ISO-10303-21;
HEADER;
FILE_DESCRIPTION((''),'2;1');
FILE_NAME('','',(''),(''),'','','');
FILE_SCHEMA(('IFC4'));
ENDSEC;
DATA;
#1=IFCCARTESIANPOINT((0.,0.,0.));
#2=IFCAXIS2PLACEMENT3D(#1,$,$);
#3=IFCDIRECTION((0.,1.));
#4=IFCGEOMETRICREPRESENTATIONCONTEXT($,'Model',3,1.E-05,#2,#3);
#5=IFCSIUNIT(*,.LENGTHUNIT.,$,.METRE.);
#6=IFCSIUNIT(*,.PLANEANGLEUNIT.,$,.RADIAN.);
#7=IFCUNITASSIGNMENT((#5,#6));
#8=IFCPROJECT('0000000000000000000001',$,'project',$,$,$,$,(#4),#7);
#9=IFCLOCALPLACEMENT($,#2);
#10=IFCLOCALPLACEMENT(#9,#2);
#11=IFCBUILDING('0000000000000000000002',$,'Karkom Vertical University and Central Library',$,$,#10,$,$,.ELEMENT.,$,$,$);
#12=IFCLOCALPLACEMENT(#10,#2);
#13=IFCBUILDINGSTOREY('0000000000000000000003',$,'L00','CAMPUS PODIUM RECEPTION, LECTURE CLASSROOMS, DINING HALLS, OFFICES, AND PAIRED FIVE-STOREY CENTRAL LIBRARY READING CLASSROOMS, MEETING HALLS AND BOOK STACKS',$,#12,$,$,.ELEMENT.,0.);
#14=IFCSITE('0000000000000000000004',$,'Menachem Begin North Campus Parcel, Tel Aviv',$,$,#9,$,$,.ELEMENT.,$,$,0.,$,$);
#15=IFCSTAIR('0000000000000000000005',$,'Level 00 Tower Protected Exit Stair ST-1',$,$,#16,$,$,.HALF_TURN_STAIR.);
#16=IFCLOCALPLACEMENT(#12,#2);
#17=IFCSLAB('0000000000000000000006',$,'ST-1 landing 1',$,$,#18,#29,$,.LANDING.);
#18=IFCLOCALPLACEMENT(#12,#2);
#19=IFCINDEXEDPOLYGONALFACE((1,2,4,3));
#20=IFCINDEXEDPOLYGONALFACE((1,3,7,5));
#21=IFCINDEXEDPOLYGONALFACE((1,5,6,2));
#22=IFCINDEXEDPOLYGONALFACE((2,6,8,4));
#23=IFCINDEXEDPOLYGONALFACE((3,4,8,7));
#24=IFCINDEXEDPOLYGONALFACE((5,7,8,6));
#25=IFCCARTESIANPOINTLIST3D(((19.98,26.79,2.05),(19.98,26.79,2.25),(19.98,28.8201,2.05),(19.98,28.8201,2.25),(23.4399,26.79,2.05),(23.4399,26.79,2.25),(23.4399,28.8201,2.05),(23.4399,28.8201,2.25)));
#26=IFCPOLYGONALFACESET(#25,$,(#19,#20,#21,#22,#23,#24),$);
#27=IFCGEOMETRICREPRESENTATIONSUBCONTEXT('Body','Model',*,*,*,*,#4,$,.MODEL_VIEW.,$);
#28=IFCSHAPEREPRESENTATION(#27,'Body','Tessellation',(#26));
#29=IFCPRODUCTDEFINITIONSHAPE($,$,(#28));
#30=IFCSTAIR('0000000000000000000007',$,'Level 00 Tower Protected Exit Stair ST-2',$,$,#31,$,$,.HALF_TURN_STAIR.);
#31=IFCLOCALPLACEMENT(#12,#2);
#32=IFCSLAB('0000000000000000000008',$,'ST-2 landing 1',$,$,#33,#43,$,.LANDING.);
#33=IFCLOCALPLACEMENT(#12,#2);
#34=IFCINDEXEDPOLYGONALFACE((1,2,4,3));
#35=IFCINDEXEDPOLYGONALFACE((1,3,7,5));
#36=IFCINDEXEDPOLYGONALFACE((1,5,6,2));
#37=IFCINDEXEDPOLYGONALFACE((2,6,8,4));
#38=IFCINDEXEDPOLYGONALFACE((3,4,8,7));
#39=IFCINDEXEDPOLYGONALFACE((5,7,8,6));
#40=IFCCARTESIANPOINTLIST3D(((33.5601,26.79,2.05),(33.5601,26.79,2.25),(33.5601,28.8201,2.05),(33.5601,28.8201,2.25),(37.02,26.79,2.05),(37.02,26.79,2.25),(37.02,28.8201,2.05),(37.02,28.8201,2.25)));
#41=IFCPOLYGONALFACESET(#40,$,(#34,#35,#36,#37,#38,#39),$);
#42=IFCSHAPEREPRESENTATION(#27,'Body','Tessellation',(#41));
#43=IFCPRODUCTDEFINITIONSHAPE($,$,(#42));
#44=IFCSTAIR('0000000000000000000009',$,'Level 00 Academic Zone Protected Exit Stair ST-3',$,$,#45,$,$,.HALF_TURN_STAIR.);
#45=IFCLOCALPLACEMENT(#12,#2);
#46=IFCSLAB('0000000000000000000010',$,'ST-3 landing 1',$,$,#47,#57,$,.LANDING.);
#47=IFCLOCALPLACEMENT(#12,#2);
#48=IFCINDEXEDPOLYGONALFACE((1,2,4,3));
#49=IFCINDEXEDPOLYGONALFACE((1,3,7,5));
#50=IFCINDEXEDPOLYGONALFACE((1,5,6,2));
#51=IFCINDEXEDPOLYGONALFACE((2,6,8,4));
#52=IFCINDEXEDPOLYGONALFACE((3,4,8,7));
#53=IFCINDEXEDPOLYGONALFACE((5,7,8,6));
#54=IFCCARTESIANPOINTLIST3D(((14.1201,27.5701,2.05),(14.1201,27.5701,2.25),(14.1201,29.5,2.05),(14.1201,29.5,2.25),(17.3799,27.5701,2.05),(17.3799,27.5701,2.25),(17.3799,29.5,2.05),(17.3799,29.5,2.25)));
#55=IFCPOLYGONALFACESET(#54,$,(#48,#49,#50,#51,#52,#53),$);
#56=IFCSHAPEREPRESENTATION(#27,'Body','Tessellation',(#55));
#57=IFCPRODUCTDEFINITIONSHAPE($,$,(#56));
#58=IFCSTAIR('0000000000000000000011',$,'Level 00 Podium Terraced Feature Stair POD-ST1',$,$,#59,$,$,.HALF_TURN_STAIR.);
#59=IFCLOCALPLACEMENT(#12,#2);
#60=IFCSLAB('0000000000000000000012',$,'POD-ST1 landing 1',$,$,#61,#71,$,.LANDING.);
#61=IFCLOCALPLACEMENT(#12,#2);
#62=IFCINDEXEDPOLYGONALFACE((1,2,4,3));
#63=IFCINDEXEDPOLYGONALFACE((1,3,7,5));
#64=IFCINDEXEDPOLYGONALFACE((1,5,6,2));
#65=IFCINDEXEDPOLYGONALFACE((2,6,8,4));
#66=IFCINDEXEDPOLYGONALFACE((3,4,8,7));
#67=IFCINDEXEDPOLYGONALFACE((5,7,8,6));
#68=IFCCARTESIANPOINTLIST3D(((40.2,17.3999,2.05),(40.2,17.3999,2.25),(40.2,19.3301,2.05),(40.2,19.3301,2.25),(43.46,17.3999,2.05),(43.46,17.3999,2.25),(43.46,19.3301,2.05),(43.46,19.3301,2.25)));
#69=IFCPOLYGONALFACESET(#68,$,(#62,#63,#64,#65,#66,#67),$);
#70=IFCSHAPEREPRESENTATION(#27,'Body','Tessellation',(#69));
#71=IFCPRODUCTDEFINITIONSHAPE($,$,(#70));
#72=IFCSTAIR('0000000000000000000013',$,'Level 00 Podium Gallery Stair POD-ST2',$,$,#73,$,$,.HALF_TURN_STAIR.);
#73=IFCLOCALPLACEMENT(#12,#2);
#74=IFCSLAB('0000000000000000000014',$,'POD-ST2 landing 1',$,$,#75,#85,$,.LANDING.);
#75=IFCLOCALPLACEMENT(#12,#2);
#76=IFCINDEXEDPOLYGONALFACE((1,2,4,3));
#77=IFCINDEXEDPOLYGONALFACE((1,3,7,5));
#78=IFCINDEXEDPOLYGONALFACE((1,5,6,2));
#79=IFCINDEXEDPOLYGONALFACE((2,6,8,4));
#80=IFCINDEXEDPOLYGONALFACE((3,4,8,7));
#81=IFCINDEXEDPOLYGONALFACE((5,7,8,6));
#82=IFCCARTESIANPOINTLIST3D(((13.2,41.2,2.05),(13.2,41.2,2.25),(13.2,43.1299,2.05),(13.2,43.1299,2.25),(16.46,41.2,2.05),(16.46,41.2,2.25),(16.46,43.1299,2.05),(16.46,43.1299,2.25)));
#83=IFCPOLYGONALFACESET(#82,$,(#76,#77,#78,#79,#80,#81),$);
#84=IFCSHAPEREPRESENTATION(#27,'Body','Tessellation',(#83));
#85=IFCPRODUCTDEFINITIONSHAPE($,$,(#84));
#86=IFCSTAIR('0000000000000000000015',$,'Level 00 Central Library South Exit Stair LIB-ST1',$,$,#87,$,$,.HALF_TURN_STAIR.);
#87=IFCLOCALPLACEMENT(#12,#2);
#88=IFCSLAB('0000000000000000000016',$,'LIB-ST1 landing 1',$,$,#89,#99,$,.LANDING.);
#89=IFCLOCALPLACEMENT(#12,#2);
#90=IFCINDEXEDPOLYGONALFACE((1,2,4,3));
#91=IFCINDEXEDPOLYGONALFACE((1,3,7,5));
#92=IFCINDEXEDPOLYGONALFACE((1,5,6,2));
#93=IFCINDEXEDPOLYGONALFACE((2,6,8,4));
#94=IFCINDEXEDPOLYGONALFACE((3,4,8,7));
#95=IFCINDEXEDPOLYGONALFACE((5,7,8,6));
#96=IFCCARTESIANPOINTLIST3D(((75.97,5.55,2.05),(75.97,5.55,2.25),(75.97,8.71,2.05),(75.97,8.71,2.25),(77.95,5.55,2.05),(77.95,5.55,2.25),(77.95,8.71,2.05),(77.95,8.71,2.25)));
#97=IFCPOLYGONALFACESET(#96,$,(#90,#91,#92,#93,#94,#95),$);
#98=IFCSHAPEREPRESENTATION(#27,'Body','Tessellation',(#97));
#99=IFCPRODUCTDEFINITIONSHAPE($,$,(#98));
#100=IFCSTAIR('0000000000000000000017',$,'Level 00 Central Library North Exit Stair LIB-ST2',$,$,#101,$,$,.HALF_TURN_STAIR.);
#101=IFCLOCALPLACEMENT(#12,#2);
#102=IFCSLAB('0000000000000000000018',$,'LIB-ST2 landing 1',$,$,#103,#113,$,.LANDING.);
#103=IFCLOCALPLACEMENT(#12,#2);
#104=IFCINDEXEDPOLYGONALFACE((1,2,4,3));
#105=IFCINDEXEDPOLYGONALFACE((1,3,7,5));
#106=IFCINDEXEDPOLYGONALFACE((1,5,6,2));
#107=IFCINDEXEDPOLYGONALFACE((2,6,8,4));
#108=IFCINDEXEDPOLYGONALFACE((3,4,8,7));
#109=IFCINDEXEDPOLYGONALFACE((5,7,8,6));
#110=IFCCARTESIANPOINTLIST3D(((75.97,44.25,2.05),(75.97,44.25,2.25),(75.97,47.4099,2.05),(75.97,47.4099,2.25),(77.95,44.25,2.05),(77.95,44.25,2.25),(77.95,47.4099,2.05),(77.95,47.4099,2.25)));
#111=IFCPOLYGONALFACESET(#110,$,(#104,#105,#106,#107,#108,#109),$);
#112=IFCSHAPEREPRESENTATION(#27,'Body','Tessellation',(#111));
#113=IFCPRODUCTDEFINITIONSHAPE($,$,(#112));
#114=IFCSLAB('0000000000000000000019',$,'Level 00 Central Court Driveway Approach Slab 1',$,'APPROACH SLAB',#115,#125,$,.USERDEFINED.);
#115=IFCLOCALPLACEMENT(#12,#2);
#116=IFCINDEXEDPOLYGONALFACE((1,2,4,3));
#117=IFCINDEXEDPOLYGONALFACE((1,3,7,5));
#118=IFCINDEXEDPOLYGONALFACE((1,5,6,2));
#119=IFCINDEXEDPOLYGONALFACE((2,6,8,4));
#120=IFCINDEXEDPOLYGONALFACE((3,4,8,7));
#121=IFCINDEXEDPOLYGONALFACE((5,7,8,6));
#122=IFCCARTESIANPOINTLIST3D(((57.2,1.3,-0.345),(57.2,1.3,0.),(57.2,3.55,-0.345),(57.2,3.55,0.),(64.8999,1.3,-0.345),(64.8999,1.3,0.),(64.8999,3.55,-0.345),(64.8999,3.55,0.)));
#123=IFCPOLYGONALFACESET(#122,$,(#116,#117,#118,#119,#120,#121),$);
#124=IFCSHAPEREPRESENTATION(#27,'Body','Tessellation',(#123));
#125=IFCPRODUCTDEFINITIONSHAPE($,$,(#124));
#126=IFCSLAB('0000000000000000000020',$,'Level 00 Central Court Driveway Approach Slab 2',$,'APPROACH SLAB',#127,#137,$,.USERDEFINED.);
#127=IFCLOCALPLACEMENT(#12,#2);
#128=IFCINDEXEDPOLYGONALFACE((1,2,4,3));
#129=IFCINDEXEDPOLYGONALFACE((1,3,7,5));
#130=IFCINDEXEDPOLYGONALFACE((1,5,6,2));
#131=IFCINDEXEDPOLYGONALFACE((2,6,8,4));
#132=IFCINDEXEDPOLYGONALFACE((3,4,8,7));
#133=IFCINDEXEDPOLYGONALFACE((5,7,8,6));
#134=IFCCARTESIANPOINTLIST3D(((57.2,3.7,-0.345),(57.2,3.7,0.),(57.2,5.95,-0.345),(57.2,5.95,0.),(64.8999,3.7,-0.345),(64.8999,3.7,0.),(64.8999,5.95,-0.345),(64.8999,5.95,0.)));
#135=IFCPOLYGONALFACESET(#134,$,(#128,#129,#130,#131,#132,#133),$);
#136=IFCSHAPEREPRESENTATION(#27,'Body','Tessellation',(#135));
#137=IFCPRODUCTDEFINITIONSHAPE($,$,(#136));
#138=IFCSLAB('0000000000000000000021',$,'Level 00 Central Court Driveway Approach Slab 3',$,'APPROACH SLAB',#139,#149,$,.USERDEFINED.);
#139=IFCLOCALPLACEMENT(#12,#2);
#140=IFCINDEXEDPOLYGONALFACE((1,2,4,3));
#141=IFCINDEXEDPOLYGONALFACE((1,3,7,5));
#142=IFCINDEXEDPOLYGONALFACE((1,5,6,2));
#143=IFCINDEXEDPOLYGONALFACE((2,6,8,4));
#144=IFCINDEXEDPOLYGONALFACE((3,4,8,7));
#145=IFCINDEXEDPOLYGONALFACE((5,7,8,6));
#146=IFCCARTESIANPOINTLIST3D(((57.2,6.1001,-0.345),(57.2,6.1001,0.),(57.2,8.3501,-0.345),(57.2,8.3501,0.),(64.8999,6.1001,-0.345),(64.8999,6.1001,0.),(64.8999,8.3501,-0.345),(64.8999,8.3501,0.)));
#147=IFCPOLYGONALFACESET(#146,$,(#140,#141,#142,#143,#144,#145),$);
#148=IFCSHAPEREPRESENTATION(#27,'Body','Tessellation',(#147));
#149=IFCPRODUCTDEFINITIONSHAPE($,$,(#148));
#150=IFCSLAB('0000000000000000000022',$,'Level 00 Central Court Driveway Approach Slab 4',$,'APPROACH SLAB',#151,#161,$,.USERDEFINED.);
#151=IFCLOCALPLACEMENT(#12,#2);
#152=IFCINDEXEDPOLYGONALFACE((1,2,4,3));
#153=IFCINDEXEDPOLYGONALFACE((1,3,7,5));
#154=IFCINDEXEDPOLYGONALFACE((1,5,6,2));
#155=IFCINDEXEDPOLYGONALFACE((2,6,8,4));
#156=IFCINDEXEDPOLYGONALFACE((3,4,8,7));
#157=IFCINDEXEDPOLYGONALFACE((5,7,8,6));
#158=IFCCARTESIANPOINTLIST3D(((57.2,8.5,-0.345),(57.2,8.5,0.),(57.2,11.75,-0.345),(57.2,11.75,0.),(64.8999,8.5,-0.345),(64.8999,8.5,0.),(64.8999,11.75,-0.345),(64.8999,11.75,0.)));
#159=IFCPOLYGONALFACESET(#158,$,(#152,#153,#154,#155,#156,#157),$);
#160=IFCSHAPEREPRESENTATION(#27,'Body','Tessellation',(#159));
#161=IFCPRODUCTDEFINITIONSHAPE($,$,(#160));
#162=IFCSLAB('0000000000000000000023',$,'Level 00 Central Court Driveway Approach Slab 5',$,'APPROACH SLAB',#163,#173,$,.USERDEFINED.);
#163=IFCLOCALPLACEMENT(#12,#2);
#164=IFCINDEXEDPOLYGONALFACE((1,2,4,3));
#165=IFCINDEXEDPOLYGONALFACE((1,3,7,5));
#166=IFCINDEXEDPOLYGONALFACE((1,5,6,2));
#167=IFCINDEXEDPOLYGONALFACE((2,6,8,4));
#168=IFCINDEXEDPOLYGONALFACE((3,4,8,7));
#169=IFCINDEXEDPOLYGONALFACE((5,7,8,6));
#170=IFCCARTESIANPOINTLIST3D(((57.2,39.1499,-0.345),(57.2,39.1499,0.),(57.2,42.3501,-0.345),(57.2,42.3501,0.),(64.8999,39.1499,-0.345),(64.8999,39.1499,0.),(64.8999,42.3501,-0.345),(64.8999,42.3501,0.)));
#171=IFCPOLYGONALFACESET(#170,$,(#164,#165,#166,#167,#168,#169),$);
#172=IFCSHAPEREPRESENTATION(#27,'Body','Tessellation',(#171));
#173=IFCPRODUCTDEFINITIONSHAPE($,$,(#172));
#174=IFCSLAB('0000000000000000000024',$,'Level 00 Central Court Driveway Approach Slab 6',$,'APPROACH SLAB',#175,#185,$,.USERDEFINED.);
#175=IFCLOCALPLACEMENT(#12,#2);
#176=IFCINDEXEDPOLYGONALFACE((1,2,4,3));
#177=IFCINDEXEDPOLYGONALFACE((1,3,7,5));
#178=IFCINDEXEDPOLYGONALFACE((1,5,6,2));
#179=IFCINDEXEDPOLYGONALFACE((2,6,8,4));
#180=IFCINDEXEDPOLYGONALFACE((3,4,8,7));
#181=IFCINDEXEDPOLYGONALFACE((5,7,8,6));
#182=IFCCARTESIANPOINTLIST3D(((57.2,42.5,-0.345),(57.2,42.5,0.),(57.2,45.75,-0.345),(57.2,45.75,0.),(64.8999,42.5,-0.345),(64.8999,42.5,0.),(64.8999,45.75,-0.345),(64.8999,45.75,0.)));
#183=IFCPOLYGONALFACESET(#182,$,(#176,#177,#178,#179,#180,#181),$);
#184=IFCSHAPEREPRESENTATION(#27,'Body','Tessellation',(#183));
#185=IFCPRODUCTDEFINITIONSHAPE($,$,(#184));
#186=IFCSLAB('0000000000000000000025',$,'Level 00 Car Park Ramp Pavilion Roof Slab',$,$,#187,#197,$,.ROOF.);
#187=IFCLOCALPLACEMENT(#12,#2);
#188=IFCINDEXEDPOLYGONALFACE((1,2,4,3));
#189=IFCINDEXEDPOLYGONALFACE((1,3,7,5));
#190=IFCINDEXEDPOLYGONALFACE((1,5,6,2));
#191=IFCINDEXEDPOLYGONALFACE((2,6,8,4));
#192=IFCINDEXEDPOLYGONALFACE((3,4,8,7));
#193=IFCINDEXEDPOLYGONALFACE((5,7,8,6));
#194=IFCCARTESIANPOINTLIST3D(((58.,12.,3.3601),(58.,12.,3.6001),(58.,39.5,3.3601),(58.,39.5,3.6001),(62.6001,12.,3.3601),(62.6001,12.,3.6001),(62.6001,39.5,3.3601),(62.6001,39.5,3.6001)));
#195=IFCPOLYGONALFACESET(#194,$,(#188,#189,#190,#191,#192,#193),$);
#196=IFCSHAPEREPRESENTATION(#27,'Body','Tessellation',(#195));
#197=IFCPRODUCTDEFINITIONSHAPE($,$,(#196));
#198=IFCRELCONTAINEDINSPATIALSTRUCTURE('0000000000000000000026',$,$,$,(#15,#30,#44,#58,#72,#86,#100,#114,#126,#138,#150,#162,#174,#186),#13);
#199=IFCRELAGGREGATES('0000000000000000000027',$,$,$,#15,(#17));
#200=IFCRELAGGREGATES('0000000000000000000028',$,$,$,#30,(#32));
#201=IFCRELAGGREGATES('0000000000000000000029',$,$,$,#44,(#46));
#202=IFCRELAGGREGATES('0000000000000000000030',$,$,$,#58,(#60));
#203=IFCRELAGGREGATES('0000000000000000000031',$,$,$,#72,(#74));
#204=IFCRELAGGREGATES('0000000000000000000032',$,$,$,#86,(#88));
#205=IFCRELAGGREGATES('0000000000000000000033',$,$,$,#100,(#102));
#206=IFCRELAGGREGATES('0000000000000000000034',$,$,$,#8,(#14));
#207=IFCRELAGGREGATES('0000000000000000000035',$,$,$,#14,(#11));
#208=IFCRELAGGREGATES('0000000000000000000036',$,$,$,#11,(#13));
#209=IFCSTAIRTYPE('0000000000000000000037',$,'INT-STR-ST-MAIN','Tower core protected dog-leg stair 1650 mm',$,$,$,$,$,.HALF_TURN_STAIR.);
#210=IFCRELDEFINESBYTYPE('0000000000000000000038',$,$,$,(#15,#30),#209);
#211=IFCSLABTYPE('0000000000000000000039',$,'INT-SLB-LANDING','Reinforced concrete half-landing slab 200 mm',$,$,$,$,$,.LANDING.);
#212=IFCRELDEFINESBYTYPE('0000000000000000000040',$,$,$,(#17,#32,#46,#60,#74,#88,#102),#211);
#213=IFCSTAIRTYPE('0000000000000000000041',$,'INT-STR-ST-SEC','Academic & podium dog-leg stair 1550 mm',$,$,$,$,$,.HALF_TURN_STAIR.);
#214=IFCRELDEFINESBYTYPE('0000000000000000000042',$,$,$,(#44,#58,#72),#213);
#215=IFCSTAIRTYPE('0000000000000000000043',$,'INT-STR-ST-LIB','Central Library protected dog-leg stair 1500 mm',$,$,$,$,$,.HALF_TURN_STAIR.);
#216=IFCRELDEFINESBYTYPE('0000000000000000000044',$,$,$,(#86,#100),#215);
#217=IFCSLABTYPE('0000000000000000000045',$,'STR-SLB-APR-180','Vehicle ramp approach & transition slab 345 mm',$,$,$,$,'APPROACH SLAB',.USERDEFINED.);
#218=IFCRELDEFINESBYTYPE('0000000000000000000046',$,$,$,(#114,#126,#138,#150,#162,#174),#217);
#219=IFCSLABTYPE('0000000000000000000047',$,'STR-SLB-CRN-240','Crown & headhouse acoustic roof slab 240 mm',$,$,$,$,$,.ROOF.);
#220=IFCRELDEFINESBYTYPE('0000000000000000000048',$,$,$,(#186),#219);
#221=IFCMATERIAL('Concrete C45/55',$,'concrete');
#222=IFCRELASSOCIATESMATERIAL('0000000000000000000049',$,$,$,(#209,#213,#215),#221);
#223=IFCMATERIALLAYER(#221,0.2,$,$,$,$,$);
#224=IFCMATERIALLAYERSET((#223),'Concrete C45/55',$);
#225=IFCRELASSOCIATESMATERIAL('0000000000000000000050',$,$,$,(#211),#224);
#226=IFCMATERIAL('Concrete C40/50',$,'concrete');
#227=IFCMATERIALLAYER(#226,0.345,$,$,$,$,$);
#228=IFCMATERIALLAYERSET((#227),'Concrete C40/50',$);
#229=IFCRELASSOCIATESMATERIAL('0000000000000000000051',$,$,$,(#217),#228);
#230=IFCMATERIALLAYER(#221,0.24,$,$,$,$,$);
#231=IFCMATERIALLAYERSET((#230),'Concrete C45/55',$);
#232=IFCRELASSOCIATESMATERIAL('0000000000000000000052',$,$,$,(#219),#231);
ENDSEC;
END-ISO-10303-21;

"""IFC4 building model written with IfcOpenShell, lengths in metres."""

from ifc_helpers import new_model, si_unit, direction, frame, origin, place, context, subcontext, project, spatial, polyline, outline, extrude, material, layer, layer_set, type_object, element, aggregate, save


model = new_model("IFC4")

# Units and contexts
model_context = context("Model", 3, precision=1e-05, world=origin(), true_north=direction((0.0, 1.0)))
body_context = subcontext(model_context, "Body", "Model", "MODEL_VIEW")
ifc_project = project(units=[si_unit("LENGTHUNIT", "METRE"), si_unit("PLANEANGLEUNIT", "RADIAN")], contexts=[model_context])

# Site, building, storey
site_placement = place(None, origin())
site = spatial("IfcSite", under=ifc_project, at=site_placement, Name="Menachem Begin North Campus Parcel, Tel Aviv", CompositionType="ELEMENT", RefElevation=0.0)
building_placement = place(site_placement, origin())
building = spatial("IfcBuilding", under=site, at=building_placement, Name="Karkom Vertical University and Central Library", CompositionType="ELEMENT")
storey_placement = place(building_placement, origin())
storey = spatial("IfcBuildingStorey", under=building, at=storey_placement, Name="L00", Description="CAMPUS PODIUM RECEPTION, LECTURE CLASSROOMS, DINING HALLS, OFFICES, AND PAIRED FIVE-STOREY CENTRAL LIBRARY READING CLASSROOMS, MEETING HALLS AND BOOK STACKS", CompositionType="ELEMENT", Elevation=0.0)

# Stairs, slabs
ifc_material_1 = material(Name="Concrete C45/55", Category="concrete")
stair_type_1 = type_object("IfcStairType", Name="INT-STR-ST-MAIN", Description="Tower core protected dog-leg stair 1650 mm", PredefinedType="HALF_TURN_STAIR", material=ifc_material_1)
stair_1_placement = place(storey_placement, origin())
stair_1 = element("IfcStair", 1, at=stair_1_placement, inside=storey, type_object=stair_type_1, Name="Level 00 Tower Protected Exit Stair ST-1", PredefinedType="HALF_TURN_STAIR")
ifc_layer_1 = layer(ifc_material_1, 0.2)
ifc_layer_set_1 = layer_set([ifc_layer_1], Name="Concrete C45/55")
slab_type_1 = type_object("IfcSlabType", Name="INT-SLB-LANDING", Description="Reinforced concrete half-landing slab 200 mm", PredefinedType="LANDING", material=ifc_layer_set_1)
slab_1_placement = place(storey_placement, frame((0.0, 0.0, 2.05)))
slab_1 = element("IfcSlab", 2, at=slab_1_placement, type_object=slab_type_1, Name="ST-1 landing 1", PredefinedType="LANDING", context=body_context, shape_type="SweptSolid", body=[
    extrude(outline(polyline([(23.4399, 26.79), (23.4399, 28.8201), (19.98, 28.8201), (19.98, 26.79), (23.4399, 26.79)])), origin(), (0.0, 0.0, 1.0), 0.2),
])
aggregate(stair_1, [slab_1])
stair_2_placement = place(storey_placement, origin())
stair_2 = element("IfcStair", 3, at=stair_2_placement, inside=storey, type_object=stair_type_1, Name="Level 00 Tower Protected Exit Stair ST-2", PredefinedType="HALF_TURN_STAIR")
slab_2_placement = place(storey_placement, frame((0.0, 0.0, 2.05)))
slab_2 = element("IfcSlab", 4, at=slab_2_placement, type_object=slab_type_1, Name="ST-2 landing 1", PredefinedType="LANDING", context=body_context, shape_type="SweptSolid", body=[
    extrude(outline(polyline([(37.02, 26.79), (37.02, 28.8201), (33.5601, 28.8201), (33.5601, 26.79), (37.02, 26.79)])), origin(), (0.0, 0.0, 1.0), 0.2),
])
aggregate(stair_2, [slab_2])
stair_type_2 = type_object("IfcStairType", Name="INT-STR-ST-SEC", Description="Academic & podium dog-leg stair 1550 mm", PredefinedType="HALF_TURN_STAIR", material=ifc_material_1)
stair_3_placement = place(storey_placement, origin())
stair_3 = element("IfcStair", 5, at=stair_3_placement, inside=storey, type_object=stair_type_2, Name="Level 00 Academic Zone Protected Exit Stair ST-3", PredefinedType="HALF_TURN_STAIR")
slab_3_placement = place(storey_placement, frame((0.0, 0.0, 2.05)))
slab_3 = element("IfcSlab", 6, at=slab_3_placement, type_object=slab_type_1, Name="ST-3 landing 1", PredefinedType="LANDING", context=body_context, shape_type="SweptSolid", body=[
    extrude(outline(polyline([(17.3799, 27.5701), (17.3799, 29.5), (14.1201, 29.5), (14.1201, 27.5701), (17.3799, 27.5701)])), origin(), (0.0, 0.0, 1.0), 0.2),
])
aggregate(stair_3, [slab_3])
stair_4_placement = place(storey_placement, origin())
stair_4 = element("IfcStair", 7, at=stair_4_placement, inside=storey, type_object=stair_type_2, Name="Level 00 Podium Terraced Feature Stair POD-ST1", PredefinedType="HALF_TURN_STAIR")
slab_4_placement = place(storey_placement, frame((0.0, 0.0, 2.05)))
slab_4 = element("IfcSlab", 8, at=slab_4_placement, type_object=slab_type_1, Name="POD-ST1 landing 1", PredefinedType="LANDING", context=body_context, shape_type="SweptSolid", body=[
    extrude(outline(polyline([(43.46, 17.3999), (43.46, 19.3301), (40.2, 19.3301), (40.2, 17.3999), (43.46, 17.3999)])), origin(), (0.0, 0.0, 1.0), 0.2),
])
aggregate(stair_4, [slab_4])
stair_5_placement = place(storey_placement, origin())
stair_5 = element("IfcStair", 9, at=stair_5_placement, inside=storey, type_object=stair_type_2, Name="Level 00 Podium Gallery Stair POD-ST2", PredefinedType="HALF_TURN_STAIR")
slab_5_placement = place(storey_placement, frame((0.0, 0.0, 2.05)))
slab_5 = element("IfcSlab", 10, at=slab_5_placement, type_object=slab_type_1, Name="POD-ST2 landing 1", PredefinedType="LANDING", context=body_context, shape_type="SweptSolid", body=[
    extrude(outline(polyline([(16.46, 41.2), (16.46, 43.1299), (13.2, 43.1299), (13.2, 41.2), (16.46, 41.2)])), origin(), (0.0, 0.0, 1.0), 0.2),
])
aggregate(stair_5, [slab_5])
stair_type_3 = type_object("IfcStairType", Name="INT-STR-ST-LIB", Description="Central Library protected dog-leg stair 1500 mm", PredefinedType="HALF_TURN_STAIR", material=ifc_material_1)
stair_6_placement = place(storey_placement, origin())
stair_6 = element("IfcStair", 11, at=stair_6_placement, inside=storey, type_object=stair_type_3, Name="Level 00 Central Library South Exit Stair LIB-ST1", PredefinedType="HALF_TURN_STAIR")
slab_6_placement = place(storey_placement, frame((0.0, 0.0, 2.05)))
slab_6 = element("IfcSlab", 12, at=slab_6_placement, type_object=slab_type_1, Name="LIB-ST1 landing 1", PredefinedType="LANDING", context=body_context, shape_type="SweptSolid", body=[
    extrude(outline(polyline([(75.97, 5.55), (77.95, 5.55), (77.95, 8.71), (75.97, 8.71), (75.97, 5.55)])), origin(), (0.0, 0.0, 1.0), 0.2),
])
aggregate(stair_6, [slab_6])
stair_7_placement = place(storey_placement, origin())
stair_7 = element("IfcStair", 13, at=stair_7_placement, inside=storey, type_object=stair_type_3, Name="Level 00 Central Library North Exit Stair LIB-ST2", PredefinedType="HALF_TURN_STAIR")
slab_7_placement = place(storey_placement, frame((0.0, 0.0, 2.05)))
slab_7 = element("IfcSlab", 14, at=slab_7_placement, type_object=slab_type_1, Name="LIB-ST2 landing 1", PredefinedType="LANDING", context=body_context, shape_type="SweptSolid", body=[
    extrude(outline(polyline([(75.97, 44.25), (77.95, 44.25), (77.95, 47.4099), (75.97, 47.4099), (75.97, 44.25)])), origin(), (0.0, 0.0, 1.0), 0.2),
])
aggregate(stair_7, [slab_7])

# Slabs
ifc_material_2 = material(Name="Concrete C40/50", Category="concrete")
ifc_layer_2 = layer(ifc_material_2, 0.345)
ifc_layer_set_2 = layer_set([ifc_layer_2], Name="Concrete C40/50")
slab_type_2 = type_object("IfcSlabType", Name="STR-SLB-APR-180", Description="Vehicle ramp approach & transition slab 345 mm", ElementType="APPROACH SLAB", PredefinedType="USERDEFINED", material=ifc_layer_set_2)
slab_8_placement = place(storey_placement, frame((0.0, 0.0, -0.345)))
element("IfcSlab", 15, at=slab_8_placement, inside=storey, type_object=slab_type_2, Name="Level 00 Central Court Driveway Approach Slab 1", ObjectType="APPROACH SLAB", PredefinedType="USERDEFINED", context=body_context, shape_type="SweptSolid", body=[
    extrude(outline(polyline([(57.2, 1.3), (64.8999, 1.3), (64.8999, 3.55), (57.2, 3.55), (57.2, 1.3)])), origin(), (0.0, 0.0, 1.0), 0.345),
])
slab_9_placement = place(storey_placement, frame((0.0, 0.0, -0.345)))
element("IfcSlab", 16, at=slab_9_placement, inside=storey, type_object=slab_type_2, Name="Level 00 Central Court Driveway Approach Slab 2", ObjectType="APPROACH SLAB", PredefinedType="USERDEFINED", context=body_context, shape_type="SweptSolid", body=[
    extrude(outline(polyline([(57.2, 3.7), (64.8999, 3.7), (64.8999, 5.95), (57.2, 5.95), (57.2, 3.7)])), origin(), (0.0, 0.0, 1.0), 0.345),
])
slab_10_placement = place(storey_placement, frame((0.0, 0.0, -0.345)))
element("IfcSlab", 17, at=slab_10_placement, inside=storey, type_object=slab_type_2, Name="Level 00 Central Court Driveway Approach Slab 3", ObjectType="APPROACH SLAB", PredefinedType="USERDEFINED", context=body_context, shape_type="SweptSolid", body=[
    extrude(outline(polyline([(57.2, 6.1001), (64.8999, 6.1001), (64.8999, 8.3501), (57.2, 8.3501), (57.2, 6.1001)])), origin(), (0.0, 0.0, 1.0), 0.345),
])
slab_11_placement = place(storey_placement, frame((0.0, 0.0, -0.345)))
element("IfcSlab", 18, at=slab_11_placement, inside=storey, type_object=slab_type_2, Name="Level 00 Central Court Driveway Approach Slab 4", ObjectType="APPROACH SLAB", PredefinedType="USERDEFINED", context=body_context, shape_type="SweptSolid", body=[
    extrude(outline(polyline([(57.2, 8.5), (64.8999, 8.5), (64.8999, 11.75), (57.2, 11.75), (57.2, 8.5)])), origin(), (0.0, 0.0, 1.0), 0.345),
])
slab_12_placement = place(storey_placement, frame((0.0, 0.0, -0.345)))
element("IfcSlab", 19, at=slab_12_placement, inside=storey, type_object=slab_type_2, Name="Level 00 Central Court Driveway Approach Slab 5", ObjectType="APPROACH SLAB", PredefinedType="USERDEFINED", context=body_context, shape_type="SweptSolid", body=[
    extrude(outline(polyline([(57.2, 39.1499), (64.8999, 39.1499), (64.8999, 42.3501), (57.2, 42.3501), (57.2, 39.1499)])), origin(), (0.0, 0.0, 1.0), 0.345),
])
slab_13_placement = place(storey_placement, frame((0.0, 0.0, -0.345)))
element("IfcSlab", 20, at=slab_13_placement, inside=storey, type_object=slab_type_2, Name="Level 00 Central Court Driveway Approach Slab 6", ObjectType="APPROACH SLAB", PredefinedType="USERDEFINED", context=body_context, shape_type="SweptSolid", body=[
    extrude(outline(polyline([(57.2, 42.5), (64.8999, 42.5), (64.8999, 45.75), (57.2, 45.75), (57.2, 42.5)])), origin(), (0.0, 0.0, 1.0), 0.345),
])
ifc_layer_3 = layer(ifc_material_1, 0.24)
ifc_layer_set_3 = layer_set([ifc_layer_3], Name="Concrete C45/55")
slab_type_3 = type_object("IfcSlabType", Name="STR-SLB-CRN-240", Description="Crown & headhouse acoustic roof slab 240 mm", PredefinedType="ROOF", material=ifc_layer_set_3)
slab_14_placement = place(storey_placement, frame((0.0, 0.0, 3.3601)))
element("IfcSlab", 21, at=slab_14_placement, inside=storey, type_object=slab_type_3, Name="Level 00 Car Park Ramp Pavilion Roof Slab", PredefinedType="ROOF", context=body_context, shape_type="SweptSolid", body=[
    extrude(outline(polyline([(58.0, 12.0), (62.6001, 12.0), (62.6001, 39.5), (58.0, 39.5), (58.0, 12.0)])), origin(), (0.0, 0.0, 1.0), 0.24),
])

save(model, "model.ifc")
